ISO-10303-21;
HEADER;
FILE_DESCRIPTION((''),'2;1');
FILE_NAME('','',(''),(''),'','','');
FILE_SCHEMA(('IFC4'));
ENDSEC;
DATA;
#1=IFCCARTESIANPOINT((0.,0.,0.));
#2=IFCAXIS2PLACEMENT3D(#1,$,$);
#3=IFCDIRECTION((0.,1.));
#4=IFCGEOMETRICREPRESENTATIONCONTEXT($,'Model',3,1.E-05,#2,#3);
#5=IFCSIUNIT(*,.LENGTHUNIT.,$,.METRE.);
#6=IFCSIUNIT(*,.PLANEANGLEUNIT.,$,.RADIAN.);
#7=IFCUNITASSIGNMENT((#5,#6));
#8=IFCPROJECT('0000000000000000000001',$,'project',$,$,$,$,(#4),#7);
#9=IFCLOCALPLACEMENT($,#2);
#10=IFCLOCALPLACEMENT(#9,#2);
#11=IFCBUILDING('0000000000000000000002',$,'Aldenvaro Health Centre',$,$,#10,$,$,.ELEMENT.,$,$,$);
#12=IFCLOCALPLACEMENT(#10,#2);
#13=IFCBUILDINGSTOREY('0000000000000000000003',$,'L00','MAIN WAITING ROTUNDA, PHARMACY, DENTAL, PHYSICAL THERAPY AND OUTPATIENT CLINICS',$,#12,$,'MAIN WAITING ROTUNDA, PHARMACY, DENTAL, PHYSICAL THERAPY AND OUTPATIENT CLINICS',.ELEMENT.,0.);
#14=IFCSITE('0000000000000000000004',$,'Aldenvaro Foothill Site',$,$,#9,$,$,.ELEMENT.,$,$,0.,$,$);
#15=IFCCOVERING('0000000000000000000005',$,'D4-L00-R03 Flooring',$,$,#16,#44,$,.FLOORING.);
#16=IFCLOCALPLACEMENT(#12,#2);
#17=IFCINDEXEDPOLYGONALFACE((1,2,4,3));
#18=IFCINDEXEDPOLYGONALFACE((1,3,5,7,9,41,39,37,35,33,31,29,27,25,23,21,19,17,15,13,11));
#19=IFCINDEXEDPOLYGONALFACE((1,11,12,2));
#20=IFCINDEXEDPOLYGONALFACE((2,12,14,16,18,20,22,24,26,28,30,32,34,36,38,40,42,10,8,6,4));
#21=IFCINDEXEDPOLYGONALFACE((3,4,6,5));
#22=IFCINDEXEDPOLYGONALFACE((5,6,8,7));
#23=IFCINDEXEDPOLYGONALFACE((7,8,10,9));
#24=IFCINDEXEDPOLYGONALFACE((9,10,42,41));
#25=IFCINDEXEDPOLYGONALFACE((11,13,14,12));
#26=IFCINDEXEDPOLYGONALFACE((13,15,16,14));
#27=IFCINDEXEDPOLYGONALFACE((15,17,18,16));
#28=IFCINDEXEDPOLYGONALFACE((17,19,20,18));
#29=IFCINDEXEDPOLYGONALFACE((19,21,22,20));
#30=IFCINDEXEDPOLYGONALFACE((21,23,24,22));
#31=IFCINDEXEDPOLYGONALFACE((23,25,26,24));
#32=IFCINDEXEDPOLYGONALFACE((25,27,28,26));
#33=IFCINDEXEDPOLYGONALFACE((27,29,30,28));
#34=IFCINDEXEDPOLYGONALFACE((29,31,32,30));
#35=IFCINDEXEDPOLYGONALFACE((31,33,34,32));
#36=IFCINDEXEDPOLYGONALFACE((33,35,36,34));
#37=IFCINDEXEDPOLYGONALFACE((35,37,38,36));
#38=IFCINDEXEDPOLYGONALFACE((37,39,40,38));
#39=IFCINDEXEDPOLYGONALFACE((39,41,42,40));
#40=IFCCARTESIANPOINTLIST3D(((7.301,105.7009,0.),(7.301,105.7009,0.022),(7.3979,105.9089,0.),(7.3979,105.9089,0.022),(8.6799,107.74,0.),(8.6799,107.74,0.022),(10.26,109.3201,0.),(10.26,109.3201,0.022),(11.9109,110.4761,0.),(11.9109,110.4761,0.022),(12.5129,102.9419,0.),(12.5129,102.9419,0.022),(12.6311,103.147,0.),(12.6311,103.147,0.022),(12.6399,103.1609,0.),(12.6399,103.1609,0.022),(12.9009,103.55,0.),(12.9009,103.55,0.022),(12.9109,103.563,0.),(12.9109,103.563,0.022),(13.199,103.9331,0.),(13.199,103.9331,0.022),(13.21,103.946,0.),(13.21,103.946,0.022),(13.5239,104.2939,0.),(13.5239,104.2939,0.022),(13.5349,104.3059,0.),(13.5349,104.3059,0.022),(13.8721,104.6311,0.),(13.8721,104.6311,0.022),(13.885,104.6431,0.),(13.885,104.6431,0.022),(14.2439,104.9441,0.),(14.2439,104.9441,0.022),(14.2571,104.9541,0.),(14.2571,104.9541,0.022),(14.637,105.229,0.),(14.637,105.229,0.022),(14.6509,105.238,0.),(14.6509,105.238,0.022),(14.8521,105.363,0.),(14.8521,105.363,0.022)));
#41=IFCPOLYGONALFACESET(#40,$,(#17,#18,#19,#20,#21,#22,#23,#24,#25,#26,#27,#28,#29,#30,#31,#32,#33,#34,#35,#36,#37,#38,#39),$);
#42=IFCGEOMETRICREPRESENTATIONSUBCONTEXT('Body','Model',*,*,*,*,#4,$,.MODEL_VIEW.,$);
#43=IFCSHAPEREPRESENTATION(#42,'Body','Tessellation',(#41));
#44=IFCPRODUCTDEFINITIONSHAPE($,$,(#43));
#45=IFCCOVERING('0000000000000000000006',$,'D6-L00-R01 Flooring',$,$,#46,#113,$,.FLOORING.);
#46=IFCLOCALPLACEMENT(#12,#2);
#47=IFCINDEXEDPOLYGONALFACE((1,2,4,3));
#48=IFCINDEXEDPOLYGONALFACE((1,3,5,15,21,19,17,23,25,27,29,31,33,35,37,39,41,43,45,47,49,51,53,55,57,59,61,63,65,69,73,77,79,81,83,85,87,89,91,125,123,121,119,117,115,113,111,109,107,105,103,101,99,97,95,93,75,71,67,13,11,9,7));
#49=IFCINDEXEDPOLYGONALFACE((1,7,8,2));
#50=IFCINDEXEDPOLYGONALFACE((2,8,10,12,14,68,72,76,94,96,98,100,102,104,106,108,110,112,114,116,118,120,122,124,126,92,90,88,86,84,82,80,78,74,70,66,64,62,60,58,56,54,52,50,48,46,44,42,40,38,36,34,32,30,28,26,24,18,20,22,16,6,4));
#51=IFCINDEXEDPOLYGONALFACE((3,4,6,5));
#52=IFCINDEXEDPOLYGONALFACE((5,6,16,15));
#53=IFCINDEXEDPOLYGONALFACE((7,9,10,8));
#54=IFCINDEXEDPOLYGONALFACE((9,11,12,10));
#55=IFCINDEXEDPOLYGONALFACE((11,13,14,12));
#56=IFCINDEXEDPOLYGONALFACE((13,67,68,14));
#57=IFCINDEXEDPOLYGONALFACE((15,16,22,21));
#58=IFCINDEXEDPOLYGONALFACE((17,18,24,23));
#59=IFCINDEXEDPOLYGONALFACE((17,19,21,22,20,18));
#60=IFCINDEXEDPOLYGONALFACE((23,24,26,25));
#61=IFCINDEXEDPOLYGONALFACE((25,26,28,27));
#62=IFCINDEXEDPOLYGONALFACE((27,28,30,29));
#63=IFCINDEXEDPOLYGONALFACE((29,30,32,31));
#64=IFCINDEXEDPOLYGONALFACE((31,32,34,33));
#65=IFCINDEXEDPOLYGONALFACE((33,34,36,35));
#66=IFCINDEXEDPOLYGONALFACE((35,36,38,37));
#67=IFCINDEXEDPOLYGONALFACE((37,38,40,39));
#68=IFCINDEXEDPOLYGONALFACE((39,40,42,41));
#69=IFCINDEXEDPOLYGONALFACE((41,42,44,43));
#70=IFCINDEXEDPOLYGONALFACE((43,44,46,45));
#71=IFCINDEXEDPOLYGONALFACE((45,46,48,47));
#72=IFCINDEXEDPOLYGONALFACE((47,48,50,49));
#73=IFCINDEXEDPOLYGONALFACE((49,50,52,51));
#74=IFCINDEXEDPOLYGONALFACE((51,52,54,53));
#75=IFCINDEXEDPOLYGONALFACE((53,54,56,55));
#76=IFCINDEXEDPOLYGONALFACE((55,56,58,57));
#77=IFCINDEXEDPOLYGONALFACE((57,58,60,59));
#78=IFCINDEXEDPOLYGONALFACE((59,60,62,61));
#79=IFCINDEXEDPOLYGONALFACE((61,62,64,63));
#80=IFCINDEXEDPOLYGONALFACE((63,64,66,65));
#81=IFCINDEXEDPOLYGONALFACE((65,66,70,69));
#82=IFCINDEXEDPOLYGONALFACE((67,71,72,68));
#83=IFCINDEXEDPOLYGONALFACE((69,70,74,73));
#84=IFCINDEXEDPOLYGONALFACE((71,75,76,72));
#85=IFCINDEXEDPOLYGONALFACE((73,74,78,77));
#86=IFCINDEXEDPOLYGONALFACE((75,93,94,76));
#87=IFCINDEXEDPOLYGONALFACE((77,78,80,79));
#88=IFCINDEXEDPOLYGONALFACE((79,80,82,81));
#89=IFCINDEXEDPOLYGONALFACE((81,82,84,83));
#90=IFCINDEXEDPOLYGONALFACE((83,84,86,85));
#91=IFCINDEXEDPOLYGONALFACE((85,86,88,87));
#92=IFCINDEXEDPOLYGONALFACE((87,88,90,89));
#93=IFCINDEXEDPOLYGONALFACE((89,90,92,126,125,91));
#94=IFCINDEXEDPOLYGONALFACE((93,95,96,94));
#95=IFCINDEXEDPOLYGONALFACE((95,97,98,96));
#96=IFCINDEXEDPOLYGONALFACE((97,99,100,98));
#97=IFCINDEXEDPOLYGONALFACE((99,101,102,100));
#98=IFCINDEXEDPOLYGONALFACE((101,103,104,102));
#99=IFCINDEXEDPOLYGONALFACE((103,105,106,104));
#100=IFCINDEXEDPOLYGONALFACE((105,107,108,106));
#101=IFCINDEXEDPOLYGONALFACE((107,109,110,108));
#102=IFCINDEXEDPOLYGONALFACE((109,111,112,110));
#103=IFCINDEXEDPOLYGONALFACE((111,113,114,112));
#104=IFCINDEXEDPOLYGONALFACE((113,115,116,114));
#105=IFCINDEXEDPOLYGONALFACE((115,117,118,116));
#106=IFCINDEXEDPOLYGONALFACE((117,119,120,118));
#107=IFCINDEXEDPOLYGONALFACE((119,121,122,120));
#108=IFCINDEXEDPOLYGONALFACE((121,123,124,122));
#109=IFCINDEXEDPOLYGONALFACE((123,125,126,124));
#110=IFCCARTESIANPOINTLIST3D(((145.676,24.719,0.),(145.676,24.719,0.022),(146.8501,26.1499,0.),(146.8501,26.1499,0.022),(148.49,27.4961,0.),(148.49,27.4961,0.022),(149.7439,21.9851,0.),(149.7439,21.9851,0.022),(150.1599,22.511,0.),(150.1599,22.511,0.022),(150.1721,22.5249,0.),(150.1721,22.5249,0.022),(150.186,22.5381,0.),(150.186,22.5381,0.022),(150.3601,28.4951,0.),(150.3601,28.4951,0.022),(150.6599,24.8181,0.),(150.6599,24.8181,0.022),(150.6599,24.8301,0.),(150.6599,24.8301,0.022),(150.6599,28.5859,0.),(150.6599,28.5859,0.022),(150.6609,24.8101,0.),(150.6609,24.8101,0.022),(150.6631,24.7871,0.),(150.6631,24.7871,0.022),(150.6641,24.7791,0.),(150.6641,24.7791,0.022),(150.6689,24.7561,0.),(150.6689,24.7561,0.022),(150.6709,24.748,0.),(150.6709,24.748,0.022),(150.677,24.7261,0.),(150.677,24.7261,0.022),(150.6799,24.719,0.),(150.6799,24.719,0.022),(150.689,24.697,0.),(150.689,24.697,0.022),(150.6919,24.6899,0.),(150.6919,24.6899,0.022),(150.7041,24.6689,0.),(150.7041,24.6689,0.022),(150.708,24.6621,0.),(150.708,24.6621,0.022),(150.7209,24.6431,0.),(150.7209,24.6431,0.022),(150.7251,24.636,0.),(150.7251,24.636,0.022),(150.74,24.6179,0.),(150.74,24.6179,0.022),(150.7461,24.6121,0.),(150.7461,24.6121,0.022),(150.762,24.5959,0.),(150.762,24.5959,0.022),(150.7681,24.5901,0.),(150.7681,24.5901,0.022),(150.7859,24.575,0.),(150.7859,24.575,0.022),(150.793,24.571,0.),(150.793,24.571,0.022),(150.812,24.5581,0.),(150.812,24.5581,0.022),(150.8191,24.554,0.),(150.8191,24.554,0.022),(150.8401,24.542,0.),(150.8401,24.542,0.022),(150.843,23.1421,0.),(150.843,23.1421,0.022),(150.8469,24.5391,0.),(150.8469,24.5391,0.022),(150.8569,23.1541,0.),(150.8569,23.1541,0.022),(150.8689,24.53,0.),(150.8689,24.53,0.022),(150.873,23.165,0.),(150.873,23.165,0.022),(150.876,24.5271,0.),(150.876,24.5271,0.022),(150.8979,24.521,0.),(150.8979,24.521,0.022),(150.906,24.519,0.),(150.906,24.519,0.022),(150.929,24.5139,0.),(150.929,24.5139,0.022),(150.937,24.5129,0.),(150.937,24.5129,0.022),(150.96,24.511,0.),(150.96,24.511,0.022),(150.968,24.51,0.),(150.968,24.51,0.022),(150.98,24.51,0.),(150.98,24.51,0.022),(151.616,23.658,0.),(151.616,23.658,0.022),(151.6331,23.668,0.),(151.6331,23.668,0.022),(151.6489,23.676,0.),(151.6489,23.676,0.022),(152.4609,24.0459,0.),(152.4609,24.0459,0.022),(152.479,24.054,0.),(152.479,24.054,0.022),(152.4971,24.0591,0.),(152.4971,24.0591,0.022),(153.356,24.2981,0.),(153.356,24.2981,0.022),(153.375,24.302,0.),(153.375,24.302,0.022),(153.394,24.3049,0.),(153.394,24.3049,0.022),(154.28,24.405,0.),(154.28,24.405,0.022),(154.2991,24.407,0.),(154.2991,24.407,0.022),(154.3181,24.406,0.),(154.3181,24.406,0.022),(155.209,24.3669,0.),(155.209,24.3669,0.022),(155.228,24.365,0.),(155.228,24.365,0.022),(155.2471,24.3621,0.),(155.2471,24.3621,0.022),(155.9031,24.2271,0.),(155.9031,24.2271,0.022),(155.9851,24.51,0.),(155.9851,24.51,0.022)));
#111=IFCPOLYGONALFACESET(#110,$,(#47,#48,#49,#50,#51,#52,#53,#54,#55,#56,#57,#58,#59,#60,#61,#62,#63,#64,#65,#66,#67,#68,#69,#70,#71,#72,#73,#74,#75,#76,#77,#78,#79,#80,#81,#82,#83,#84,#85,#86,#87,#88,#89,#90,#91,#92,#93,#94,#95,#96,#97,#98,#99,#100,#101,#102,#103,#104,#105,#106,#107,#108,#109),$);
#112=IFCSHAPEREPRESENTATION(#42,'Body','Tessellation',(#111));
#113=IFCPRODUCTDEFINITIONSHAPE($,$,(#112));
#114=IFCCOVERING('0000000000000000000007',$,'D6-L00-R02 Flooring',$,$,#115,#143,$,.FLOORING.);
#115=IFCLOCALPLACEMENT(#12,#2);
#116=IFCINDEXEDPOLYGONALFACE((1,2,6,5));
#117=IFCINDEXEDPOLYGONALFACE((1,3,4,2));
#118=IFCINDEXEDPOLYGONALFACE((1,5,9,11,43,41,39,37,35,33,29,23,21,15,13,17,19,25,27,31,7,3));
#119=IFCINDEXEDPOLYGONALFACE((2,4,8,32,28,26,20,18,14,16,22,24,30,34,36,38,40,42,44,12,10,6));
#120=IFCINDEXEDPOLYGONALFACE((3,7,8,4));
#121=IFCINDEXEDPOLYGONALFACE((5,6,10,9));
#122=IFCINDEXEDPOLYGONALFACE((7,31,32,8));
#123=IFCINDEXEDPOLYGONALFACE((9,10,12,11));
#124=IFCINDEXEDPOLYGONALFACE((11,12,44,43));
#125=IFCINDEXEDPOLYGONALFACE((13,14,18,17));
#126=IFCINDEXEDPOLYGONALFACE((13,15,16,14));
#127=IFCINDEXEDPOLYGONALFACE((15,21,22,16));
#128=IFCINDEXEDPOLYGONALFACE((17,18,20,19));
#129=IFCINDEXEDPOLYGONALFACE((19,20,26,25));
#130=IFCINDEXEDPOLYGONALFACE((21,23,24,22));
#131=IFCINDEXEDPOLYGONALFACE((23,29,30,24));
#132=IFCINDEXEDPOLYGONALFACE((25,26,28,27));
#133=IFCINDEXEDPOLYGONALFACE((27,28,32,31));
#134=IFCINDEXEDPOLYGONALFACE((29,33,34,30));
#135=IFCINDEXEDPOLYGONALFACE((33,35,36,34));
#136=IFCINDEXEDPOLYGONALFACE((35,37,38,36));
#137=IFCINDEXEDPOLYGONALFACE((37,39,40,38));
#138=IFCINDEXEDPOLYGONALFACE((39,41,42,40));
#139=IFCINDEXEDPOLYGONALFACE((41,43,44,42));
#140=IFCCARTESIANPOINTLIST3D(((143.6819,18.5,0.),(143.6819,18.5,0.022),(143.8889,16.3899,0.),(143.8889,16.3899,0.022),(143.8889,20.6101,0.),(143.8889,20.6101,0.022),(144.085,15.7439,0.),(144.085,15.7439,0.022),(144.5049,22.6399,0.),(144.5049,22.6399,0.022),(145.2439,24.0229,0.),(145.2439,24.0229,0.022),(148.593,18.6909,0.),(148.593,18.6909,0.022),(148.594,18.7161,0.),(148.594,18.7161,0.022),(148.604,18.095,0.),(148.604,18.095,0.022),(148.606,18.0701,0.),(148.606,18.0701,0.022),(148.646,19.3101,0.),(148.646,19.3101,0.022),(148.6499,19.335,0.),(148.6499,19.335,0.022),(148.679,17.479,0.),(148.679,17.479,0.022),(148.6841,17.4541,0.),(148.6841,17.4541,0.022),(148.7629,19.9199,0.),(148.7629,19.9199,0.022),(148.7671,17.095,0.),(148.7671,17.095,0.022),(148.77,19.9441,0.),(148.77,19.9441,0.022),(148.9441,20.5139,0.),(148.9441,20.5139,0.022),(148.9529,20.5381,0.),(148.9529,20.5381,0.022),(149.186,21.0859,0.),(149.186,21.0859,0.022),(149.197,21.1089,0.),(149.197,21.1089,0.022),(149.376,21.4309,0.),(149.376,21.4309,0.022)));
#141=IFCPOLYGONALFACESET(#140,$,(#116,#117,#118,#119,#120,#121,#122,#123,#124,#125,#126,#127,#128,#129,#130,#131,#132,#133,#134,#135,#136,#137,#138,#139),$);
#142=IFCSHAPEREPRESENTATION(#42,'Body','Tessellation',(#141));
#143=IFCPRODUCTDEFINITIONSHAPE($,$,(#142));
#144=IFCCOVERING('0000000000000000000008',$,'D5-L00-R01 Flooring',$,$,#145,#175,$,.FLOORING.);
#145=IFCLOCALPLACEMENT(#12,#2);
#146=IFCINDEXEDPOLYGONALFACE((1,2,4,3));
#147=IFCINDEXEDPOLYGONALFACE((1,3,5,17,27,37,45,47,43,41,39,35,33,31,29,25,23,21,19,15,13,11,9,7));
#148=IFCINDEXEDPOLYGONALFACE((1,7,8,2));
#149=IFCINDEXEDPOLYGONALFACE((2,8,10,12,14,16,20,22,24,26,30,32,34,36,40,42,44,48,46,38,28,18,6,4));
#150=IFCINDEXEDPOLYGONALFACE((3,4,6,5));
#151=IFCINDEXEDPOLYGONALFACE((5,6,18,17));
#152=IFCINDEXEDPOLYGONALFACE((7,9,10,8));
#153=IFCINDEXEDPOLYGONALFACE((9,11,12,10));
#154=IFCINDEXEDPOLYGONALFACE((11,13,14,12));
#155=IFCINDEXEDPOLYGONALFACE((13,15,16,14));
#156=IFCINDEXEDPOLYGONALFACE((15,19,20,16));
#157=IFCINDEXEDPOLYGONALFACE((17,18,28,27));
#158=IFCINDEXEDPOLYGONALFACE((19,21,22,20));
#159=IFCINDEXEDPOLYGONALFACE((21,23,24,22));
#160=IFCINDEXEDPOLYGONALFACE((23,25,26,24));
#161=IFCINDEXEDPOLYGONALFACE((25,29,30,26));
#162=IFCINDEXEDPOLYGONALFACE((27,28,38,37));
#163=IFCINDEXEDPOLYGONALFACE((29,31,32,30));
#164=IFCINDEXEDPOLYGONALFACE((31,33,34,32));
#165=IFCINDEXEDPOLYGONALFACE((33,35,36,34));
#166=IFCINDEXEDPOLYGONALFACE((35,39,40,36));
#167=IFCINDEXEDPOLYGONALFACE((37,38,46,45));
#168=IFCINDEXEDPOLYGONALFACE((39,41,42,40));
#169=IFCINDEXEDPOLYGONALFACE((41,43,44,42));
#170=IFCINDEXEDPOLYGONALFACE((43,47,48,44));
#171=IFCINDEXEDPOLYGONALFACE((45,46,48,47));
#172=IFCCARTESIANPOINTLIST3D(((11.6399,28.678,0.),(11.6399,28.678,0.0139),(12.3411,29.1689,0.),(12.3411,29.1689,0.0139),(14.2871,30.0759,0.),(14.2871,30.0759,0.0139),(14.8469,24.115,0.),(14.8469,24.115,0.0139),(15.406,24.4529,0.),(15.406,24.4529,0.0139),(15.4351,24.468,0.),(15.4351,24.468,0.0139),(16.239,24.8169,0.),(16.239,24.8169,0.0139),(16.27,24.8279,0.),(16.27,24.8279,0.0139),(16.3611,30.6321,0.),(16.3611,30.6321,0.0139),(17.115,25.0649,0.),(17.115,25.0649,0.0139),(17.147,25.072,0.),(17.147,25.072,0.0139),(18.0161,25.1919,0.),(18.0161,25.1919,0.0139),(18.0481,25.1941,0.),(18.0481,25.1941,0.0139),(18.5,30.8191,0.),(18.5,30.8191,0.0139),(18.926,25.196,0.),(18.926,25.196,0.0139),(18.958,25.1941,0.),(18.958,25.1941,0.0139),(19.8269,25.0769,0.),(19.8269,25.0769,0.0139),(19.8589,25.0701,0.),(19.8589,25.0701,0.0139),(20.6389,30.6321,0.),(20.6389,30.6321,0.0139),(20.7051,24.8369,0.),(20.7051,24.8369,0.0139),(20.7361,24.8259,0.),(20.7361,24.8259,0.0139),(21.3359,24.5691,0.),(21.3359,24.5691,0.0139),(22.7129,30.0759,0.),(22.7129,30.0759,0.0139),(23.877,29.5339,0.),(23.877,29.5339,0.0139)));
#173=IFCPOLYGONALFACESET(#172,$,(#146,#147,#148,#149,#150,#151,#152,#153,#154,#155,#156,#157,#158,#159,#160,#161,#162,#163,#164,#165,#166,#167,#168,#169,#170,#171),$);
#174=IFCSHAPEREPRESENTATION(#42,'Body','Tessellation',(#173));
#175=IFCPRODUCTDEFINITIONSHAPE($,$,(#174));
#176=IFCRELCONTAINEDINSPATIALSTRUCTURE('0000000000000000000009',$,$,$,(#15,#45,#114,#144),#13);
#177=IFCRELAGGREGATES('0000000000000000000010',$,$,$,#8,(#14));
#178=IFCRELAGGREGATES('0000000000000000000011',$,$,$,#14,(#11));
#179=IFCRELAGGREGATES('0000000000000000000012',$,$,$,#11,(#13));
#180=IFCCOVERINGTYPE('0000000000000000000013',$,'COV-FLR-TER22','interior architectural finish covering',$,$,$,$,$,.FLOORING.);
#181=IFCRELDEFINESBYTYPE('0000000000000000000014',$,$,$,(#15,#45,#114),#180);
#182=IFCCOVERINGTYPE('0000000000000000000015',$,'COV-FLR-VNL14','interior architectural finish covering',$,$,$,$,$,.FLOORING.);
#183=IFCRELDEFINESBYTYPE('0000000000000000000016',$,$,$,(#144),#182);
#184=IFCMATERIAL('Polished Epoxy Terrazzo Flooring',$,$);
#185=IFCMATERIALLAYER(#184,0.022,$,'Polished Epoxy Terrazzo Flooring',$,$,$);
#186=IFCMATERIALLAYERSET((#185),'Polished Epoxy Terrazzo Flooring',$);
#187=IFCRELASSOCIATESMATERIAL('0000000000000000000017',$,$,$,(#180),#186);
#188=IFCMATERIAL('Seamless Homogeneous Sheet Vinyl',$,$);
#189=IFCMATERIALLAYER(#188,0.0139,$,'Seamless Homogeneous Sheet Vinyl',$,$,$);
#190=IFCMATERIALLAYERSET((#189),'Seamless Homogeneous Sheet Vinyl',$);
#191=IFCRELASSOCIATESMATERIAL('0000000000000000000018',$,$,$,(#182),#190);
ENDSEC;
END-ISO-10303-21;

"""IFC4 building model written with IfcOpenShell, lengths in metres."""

from ifc_helpers import new_model, si_unit, direction, origin, place, context, subcontext, project, spatial, polyline, outline, extrude, material, layer, layer_set, type_object, element, save


model = new_model("IFC4")

# Units and contexts
model_context = context("Model", 3, precision=1e-05, world=origin(), true_north=direction((0.0, 1.0)))
body_context = subcontext(model_context, "Body", "Model", "MODEL_VIEW")
ifc_project = project(units=[si_unit("LENGTHUNIT", "METRE"), si_unit("PLANEANGLEUNIT", "RADIAN")], contexts=[model_context])

# Site, building, storey
site_placement = place(None, origin())
site = spatial("IfcSite", under=ifc_project, at=site_placement, Name="Aldenvaro Foothill Site", CompositionType="ELEMENT", RefElevation=0.0)
building_placement = place(site_placement, origin())
building = spatial("IfcBuilding", under=site, at=building_placement, Name="Aldenvaro Health Centre", CompositionType="ELEMENT")
storey_placement = place(building_placement, origin())
storey = spatial("IfcBuildingStorey", under=building, at=storey_placement, Name="L00", Description="MAIN WAITING ROTUNDA, PHARMACY, DENTAL, PHYSICAL THERAPY AND OUTPATIENT CLINICS", LongName="MAIN WAITING ROTUNDA, PHARMACY, DENTAL, PHYSICAL THERAPY AND OUTPATIENT CLINICS", CompositionType="ELEMENT", Elevation=0.0)

# Coverings
ifc_material_1 = material(Name="Polished Epoxy Terrazzo Flooring")
ifc_layer_1 = layer(ifc_material_1, 0.022, Name="Polished Epoxy Terrazzo Flooring")
ifc_layer_set_1 = layer_set([ifc_layer_1], Name="Polished Epoxy Terrazzo Flooring")
covering_type_1 = type_object("IfcCoveringType", Name="COV-FLR-TER22", Description="interior architectural finish covering", PredefinedType="FLOORING", material=ifc_layer_set_1)
covering_1_placement = place(storey_placement, origin())
element("IfcCovering", 1, at=covering_1_placement, inside=storey, type_object=covering_type_1, Name="D4-L00-R03 Flooring", PredefinedType="FLOORING", context=body_context, shape_type="SweptSolid", body=[
    extrude(outline(polyline([(11.9109, 110.4761), (14.8521, 105.363), (14.6509, 105.238), (14.637, 105.229), (14.2571, 104.9541), (14.2439, 104.9441), (13.885, 104.6431), (13.8721, 104.6311), (13.5349, 104.3059), (13.5239, 104.2939), (13.21, 103.946), (13.199, 103.9331), (12.9109, 103.563), (12.9009, 103.55), (12.6399, 103.1609), (12.6311, 103.147), (12.5129, 102.9419), (7.301, 105.7009), (7.3979, 105.9089), (8.6799, 107.74), (10.26, 109.3201), (11.9109, 110.4761)])), origin(), (0.0, 0.0, 1.0), 0.022),
])
covering_2_placement = place(storey_placement, origin())
element("IfcCovering", 2, at=covering_2_placement, inside=storey, type_object=covering_type_1, Name="D6-L00-R01 Flooring", PredefinedType="FLOORING", context=body_context, shape_type="SweptSolid", body=[
    extrude(outline(polyline([(155.2471, 24.3621), (155.228, 24.365), (155.209, 24.3669), (154.3181, 24.406), (154.2991, 24.407), (154.28, 24.405), (153.394, 24.3049), (153.375, 24.302), (153.356, 24.2981), (152.4971, 24.0591), (152.479, 24.054), (152.4609, 24.0459), (151.6489, 23.676), (151.6331, 23.668), (151.616, 23.658), (150.873, 23.165), (150.8569, 23.1541), (150.843, 23.1421), (150.186, 22.5381), (150.1721, 22.5249), (150.1599, 22.511), (149.7439, 21.9851), (145.676, 24.719), (146.8501, 26.1499), (148.49, 27.4961), (150.3601, 28.4951), (150.6599, 28.5859), (150.6599, 24.8301), (150.6599, 24.8181), (150.6609, 24.8101), (150.6631, 24.7871), (150.6641, 24.7791), (150.6689, 24.7561), (150.6709, 24.748), (150.677, 24.7261), (150.6799, 24.719), (150.689, 24.697), (150.6919, 24.6899), (150.7041, 24.6689), (150.708, 24.6621), (150.7209, 24.6431), (150.7251, 24.636), (150.74, 24.6179), (150.7461, 24.6121), (150.762, 24.5959), (150.7681, 24.5901), (150.7859, 24.575), (150.793, 24.571), (150.812, 24.5581), (150.8191, 24.554), (150.8401, 24.542), (150.8469, 24.5391), (150.8689, 24.53), (150.876, 24.5271), (150.8979, 24.521), (150.906, 24.519), (150.929, 24.5139), (150.937, 24.5129), (150.96, 24.511), (150.968, 24.51), (150.98, 24.51), (155.9851, 24.51), (155.9031, 24.2271), (155.2471, 24.3621)])), origin(), (0.0, 0.0, 1.0), 0.022),
])
covering_3_placement = place(storey_placement, origin())
element("IfcCovering", 3, at=covering_3_placement, inside=storey, type_object=covering_type_1, Name="D6-L00-R02 Flooring", PredefinedType="FLOORING", context=body_context, shape_type="SweptSolid", body=[
    extrude(outline(polyline([(149.197, 21.1089), (149.186, 21.0859), (148.9529, 20.5381), (148.9441, 20.5139), (148.77, 19.9441), (148.7629, 19.9199), (148.6499, 19.335), (148.646, 19.3101), (148.594, 18.7161), (148.593, 18.6909), (148.604, 18.095), (148.606, 18.0701), (148.679, 17.479), (148.6841, 17.4541), (148.7671, 17.095), (144.085, 15.7439), (143.8889, 16.3899), (143.6819, 18.5), (143.8889, 20.6101), (144.5049, 22.6399), (145.2439, 24.0229), (149.376, 21.4309), (149.197, 21.1089)])), origin(), (0.0, 0.0, 1.0), 0.022),
])
ifc_material_2 = material(Name="Seamless Homogeneous Sheet Vinyl")
ifc_layer_2 = layer(ifc_material_2, 0.0139, Name="Seamless Homogeneous Sheet Vinyl")
ifc_layer_set_2 = layer_set([ifc_layer_2], Name="Seamless Homogeneous Sheet Vinyl")
covering_type_2 = type_object("IfcCoveringType", Name="COV-FLR-VNL14", Description="interior architectural finish covering", PredefinedType="FLOORING", material=ifc_layer_set_2)
covering_4_placement = place(storey_placement, origin())
element("IfcCovering", 4, at=covering_4_placement, inside=storey, type_object=covering_type_2, Name="D5-L00-R01 Flooring", PredefinedType="FLOORING", context=body_context, shape_type="SweptSolid", body=[
    extrude(outline(polyline([(20.7361, 24.8259), (20.7051, 24.8369), (19.8589, 25.0701), (19.8269, 25.0769), (18.958, 25.1941), (18.926, 25.196), (18.0481, 25.1941), (18.0161, 25.1919), (17.147, 25.072), (17.115, 25.0649), (16.27, 24.8279), (16.239, 24.8169), (15.4351, 24.468), (15.406, 24.4529), (14.8469, 24.115), (11.6399, 28.678), (12.3411, 29.1689), (14.2871, 30.0759), (16.3611, 30.6321), (18.5, 30.8191), (20.6389, 30.6321), (22.7129, 30.0759), (23.877, 29.5339), (21.3359, 24.5691), (20.7361, 24.8259)])), origin(), (0.0, 0.0, 1.0), 0.0139),
])

save(model, "model.ifc")
